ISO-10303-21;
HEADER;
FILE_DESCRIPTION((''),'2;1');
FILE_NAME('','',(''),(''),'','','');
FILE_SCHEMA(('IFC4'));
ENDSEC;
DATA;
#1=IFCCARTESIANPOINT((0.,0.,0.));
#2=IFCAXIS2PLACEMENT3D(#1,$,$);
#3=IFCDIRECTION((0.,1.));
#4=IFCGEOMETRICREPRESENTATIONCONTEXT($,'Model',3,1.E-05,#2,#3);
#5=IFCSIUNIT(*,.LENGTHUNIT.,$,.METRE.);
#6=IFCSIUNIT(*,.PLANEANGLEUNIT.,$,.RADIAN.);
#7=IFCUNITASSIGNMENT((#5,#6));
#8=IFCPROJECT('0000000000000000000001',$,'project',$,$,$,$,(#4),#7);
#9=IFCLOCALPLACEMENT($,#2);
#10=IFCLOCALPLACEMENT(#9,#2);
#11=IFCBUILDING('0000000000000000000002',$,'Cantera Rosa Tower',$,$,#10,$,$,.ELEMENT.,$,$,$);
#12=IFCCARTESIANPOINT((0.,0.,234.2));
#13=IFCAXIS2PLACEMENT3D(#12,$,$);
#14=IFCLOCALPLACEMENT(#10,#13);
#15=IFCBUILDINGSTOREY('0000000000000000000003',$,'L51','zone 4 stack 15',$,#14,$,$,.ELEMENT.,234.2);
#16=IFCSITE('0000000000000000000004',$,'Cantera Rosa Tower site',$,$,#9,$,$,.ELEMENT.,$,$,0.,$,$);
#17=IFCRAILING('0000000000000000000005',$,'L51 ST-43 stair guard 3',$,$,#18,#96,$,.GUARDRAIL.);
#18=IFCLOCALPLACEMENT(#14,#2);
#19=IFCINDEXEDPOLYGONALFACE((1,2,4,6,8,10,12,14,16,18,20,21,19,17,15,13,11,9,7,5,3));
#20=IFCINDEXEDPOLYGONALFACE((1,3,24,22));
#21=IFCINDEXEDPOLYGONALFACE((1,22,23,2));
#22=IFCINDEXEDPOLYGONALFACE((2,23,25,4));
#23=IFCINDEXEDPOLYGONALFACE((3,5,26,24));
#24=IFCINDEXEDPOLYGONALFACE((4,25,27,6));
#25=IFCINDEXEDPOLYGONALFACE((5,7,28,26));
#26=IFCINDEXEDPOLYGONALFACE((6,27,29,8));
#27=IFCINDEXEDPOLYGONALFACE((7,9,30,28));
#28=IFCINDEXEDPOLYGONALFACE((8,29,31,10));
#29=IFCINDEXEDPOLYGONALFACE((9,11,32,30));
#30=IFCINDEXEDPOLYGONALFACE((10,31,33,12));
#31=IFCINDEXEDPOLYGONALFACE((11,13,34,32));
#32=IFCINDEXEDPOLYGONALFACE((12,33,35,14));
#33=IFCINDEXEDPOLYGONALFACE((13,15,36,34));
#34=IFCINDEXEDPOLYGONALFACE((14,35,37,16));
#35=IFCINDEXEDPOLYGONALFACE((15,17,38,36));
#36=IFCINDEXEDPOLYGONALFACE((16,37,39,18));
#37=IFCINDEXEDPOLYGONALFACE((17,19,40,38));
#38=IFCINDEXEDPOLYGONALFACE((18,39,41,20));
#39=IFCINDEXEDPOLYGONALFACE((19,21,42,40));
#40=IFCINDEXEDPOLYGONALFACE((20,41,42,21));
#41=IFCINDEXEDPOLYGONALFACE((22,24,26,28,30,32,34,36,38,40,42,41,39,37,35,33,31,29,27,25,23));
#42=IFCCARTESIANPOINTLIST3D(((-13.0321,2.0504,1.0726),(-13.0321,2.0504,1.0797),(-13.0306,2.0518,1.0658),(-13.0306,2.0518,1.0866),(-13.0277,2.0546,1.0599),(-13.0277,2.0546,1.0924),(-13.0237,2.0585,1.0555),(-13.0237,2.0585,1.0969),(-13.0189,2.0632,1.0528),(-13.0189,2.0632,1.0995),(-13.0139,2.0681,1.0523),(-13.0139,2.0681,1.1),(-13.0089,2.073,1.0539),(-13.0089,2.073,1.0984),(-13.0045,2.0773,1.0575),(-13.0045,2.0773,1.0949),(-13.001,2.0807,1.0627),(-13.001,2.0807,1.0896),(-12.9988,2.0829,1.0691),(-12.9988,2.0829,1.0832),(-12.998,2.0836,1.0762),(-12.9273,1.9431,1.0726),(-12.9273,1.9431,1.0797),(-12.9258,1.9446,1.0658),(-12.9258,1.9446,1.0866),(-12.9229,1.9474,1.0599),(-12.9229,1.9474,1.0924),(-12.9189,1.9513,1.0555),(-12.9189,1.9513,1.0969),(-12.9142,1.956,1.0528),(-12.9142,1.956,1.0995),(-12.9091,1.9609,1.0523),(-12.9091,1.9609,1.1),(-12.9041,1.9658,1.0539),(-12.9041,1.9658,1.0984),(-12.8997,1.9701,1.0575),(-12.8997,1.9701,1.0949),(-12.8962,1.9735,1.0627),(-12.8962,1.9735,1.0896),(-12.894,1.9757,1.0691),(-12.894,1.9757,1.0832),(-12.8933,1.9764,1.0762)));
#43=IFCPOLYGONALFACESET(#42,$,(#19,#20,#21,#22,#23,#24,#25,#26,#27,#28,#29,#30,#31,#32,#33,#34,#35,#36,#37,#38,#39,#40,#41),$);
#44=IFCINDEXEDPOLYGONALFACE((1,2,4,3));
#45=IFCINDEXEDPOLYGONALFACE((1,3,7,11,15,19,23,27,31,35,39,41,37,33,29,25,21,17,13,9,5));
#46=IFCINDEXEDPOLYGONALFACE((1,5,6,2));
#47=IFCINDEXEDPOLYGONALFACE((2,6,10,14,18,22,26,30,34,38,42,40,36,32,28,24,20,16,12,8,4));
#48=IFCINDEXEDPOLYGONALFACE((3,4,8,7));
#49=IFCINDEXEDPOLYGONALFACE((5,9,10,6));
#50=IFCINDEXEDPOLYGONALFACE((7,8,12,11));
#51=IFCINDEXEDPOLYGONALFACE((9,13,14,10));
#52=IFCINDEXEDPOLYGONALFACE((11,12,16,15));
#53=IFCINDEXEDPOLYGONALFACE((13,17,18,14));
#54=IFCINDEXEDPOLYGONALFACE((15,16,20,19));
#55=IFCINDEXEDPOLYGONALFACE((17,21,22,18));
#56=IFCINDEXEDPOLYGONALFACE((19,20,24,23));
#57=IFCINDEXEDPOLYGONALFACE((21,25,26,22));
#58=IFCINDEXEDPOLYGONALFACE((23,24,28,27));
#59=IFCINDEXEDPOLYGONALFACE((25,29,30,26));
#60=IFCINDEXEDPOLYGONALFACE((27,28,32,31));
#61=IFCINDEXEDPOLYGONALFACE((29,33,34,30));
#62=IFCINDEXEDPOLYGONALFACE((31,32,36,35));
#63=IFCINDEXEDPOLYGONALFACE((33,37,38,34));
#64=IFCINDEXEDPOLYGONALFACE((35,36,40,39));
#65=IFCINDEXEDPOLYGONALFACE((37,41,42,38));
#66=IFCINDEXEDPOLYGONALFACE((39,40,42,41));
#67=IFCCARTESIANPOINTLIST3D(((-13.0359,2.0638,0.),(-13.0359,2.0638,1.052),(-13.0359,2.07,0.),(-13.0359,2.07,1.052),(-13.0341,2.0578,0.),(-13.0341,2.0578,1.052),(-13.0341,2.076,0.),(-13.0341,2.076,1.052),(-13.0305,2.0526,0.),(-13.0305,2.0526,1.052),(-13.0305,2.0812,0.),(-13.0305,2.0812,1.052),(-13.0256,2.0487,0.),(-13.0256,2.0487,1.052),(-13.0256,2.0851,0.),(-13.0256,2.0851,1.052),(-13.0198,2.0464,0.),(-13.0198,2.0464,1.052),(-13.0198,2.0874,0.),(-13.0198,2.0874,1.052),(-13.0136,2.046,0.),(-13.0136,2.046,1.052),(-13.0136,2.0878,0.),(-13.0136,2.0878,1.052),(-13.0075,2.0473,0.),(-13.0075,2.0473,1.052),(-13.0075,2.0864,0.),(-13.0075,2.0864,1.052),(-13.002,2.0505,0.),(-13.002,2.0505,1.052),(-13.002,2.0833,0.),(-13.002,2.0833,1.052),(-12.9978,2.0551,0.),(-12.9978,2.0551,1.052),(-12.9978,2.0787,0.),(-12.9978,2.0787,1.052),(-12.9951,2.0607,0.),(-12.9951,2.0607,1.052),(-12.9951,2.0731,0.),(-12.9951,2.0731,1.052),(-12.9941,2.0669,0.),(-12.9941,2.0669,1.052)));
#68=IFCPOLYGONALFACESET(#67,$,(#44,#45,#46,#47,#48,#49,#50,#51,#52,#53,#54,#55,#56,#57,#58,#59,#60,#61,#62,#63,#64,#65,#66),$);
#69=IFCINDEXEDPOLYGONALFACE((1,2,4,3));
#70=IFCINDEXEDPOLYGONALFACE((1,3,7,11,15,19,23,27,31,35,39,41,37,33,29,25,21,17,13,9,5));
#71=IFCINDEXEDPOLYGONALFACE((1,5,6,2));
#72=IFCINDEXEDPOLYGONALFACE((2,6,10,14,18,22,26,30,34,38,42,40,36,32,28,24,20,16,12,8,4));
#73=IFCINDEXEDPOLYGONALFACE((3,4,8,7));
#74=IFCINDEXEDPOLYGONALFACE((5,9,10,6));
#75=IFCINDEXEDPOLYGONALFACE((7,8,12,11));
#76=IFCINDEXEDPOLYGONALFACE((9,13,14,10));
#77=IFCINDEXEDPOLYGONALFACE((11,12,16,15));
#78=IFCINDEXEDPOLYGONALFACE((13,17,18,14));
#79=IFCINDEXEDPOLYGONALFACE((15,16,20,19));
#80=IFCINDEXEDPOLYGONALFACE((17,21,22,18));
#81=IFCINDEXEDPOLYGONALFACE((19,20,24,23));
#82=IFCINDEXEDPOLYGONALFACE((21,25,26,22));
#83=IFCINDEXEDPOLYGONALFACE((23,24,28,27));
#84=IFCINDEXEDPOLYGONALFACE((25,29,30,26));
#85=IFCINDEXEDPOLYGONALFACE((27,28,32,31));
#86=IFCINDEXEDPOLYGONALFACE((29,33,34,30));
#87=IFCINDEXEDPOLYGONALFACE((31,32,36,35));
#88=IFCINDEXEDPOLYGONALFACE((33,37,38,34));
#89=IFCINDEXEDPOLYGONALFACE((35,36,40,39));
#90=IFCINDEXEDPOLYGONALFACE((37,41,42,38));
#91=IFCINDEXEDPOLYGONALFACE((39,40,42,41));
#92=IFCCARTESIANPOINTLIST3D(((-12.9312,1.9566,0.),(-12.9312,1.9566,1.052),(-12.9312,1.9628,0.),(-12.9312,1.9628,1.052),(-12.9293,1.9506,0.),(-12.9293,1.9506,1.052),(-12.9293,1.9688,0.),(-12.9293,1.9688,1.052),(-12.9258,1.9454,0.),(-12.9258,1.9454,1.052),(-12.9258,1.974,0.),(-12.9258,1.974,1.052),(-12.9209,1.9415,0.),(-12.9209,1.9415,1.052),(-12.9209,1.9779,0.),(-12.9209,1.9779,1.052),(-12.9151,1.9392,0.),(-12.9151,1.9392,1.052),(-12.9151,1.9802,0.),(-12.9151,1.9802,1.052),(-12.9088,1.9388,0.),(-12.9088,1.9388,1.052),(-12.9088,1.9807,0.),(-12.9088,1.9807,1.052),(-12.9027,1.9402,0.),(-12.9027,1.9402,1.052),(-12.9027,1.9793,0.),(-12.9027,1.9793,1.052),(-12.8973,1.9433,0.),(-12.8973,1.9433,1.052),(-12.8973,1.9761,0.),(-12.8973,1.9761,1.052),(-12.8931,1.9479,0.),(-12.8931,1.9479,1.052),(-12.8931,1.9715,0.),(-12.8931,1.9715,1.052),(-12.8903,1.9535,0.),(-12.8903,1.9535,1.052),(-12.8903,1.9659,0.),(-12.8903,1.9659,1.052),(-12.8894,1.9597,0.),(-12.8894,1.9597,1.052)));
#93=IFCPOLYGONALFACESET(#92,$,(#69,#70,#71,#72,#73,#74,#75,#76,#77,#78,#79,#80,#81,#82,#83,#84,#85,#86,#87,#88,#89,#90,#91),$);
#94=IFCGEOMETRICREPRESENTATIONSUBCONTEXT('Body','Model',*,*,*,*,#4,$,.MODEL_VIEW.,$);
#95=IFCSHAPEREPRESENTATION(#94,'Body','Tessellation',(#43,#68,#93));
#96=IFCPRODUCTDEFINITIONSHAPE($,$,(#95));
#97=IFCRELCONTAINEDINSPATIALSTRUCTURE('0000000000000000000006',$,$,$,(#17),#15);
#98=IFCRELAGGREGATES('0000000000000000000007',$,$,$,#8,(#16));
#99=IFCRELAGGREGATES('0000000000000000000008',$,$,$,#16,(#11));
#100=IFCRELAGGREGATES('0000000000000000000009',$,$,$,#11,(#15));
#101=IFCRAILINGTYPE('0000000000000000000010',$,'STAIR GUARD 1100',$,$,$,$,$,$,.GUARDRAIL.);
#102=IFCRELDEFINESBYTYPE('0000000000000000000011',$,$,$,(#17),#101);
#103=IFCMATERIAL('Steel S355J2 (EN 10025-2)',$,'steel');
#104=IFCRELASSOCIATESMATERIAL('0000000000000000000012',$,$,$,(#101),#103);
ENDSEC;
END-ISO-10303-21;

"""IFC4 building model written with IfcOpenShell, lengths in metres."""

from ifc_helpers import new_model, si_unit, direction, frame, origin, origin_2d, place, context, subcontext, project, spatial, circle, extrude, material, type_object, element, save


model = new_model("IFC4")

# Units and contexts
model_context = context("Model", 3, precision=1e-05, world=origin(), true_north=direction((0.0, 1.0)))
body_context = subcontext(model_context, "Body", "Model", "MODEL_VIEW")
ifc_project = project(units=[si_unit("LENGTHUNIT", "METRE"), si_unit("PLANEANGLEUNIT", "RADIAN")], contexts=[model_context])

# Site, building, storey
site_placement = place(None, origin())
site = spatial("IfcSite", under=ifc_project, at=site_placement, Name="Cantera Rosa Tower site", CompositionType="ELEMENT", RefElevation=0.0)
building_placement = place(site_placement, origin())
building = spatial("IfcBuilding", under=site, at=building_placement, Name="Cantera Rosa Tower", CompositionType="ELEMENT")
storey_placement = place(building_placement, frame((0.0, 0.0, 234.2)))
storey = spatial("IfcBuildingStorey", under=building, at=storey_placement, Name="L51", Description="zone 4 stack 15", CompositionType="ELEMENT", Elevation=234.2)

# Railing
ifc_material_1 = material(Name="Steel S355J2 (EN 10025-2)", Category="steel")
railing_type_1 = type_object("IfcRailingType", Name="STAIR GUARD 1100", PredefinedType="GUARDRAIL", material=ifc_material_1)
railing_1_placement = place(storey_placement, frame((-13.0151, 2.0669, 0.0)))
element("IfcRailing", 1, at=railing_1_placement, inside=storey, type_object=railing_type_1, Name="L51 ST-43 stair guard 3", PredefinedType="GUARDRAIL", context=body_context, shape_type="SweptSolid", body=[
    extrude(circle(Radius=0.0239, at=origin_2d()), frame((0.0, 0.0, 1.0762), z_axis=(0.698914, -0.715206, 0.0), x_axis=(0.715206, 0.698914, 0.0)), (0.0, 0.0, 1.0), 0.1499),
    extrude(circle(Radius=0.021, at=origin_2d()), origin(), (0.0, 0.0, 1.0), 1.052),
    extrude(circle(Radius=0.021, at=origin_2d()), frame((0.1047, -0.1072, 0.0)), (0.0, 0.0, 1.0), 1.052),
])

save(model, "model.ifc")
